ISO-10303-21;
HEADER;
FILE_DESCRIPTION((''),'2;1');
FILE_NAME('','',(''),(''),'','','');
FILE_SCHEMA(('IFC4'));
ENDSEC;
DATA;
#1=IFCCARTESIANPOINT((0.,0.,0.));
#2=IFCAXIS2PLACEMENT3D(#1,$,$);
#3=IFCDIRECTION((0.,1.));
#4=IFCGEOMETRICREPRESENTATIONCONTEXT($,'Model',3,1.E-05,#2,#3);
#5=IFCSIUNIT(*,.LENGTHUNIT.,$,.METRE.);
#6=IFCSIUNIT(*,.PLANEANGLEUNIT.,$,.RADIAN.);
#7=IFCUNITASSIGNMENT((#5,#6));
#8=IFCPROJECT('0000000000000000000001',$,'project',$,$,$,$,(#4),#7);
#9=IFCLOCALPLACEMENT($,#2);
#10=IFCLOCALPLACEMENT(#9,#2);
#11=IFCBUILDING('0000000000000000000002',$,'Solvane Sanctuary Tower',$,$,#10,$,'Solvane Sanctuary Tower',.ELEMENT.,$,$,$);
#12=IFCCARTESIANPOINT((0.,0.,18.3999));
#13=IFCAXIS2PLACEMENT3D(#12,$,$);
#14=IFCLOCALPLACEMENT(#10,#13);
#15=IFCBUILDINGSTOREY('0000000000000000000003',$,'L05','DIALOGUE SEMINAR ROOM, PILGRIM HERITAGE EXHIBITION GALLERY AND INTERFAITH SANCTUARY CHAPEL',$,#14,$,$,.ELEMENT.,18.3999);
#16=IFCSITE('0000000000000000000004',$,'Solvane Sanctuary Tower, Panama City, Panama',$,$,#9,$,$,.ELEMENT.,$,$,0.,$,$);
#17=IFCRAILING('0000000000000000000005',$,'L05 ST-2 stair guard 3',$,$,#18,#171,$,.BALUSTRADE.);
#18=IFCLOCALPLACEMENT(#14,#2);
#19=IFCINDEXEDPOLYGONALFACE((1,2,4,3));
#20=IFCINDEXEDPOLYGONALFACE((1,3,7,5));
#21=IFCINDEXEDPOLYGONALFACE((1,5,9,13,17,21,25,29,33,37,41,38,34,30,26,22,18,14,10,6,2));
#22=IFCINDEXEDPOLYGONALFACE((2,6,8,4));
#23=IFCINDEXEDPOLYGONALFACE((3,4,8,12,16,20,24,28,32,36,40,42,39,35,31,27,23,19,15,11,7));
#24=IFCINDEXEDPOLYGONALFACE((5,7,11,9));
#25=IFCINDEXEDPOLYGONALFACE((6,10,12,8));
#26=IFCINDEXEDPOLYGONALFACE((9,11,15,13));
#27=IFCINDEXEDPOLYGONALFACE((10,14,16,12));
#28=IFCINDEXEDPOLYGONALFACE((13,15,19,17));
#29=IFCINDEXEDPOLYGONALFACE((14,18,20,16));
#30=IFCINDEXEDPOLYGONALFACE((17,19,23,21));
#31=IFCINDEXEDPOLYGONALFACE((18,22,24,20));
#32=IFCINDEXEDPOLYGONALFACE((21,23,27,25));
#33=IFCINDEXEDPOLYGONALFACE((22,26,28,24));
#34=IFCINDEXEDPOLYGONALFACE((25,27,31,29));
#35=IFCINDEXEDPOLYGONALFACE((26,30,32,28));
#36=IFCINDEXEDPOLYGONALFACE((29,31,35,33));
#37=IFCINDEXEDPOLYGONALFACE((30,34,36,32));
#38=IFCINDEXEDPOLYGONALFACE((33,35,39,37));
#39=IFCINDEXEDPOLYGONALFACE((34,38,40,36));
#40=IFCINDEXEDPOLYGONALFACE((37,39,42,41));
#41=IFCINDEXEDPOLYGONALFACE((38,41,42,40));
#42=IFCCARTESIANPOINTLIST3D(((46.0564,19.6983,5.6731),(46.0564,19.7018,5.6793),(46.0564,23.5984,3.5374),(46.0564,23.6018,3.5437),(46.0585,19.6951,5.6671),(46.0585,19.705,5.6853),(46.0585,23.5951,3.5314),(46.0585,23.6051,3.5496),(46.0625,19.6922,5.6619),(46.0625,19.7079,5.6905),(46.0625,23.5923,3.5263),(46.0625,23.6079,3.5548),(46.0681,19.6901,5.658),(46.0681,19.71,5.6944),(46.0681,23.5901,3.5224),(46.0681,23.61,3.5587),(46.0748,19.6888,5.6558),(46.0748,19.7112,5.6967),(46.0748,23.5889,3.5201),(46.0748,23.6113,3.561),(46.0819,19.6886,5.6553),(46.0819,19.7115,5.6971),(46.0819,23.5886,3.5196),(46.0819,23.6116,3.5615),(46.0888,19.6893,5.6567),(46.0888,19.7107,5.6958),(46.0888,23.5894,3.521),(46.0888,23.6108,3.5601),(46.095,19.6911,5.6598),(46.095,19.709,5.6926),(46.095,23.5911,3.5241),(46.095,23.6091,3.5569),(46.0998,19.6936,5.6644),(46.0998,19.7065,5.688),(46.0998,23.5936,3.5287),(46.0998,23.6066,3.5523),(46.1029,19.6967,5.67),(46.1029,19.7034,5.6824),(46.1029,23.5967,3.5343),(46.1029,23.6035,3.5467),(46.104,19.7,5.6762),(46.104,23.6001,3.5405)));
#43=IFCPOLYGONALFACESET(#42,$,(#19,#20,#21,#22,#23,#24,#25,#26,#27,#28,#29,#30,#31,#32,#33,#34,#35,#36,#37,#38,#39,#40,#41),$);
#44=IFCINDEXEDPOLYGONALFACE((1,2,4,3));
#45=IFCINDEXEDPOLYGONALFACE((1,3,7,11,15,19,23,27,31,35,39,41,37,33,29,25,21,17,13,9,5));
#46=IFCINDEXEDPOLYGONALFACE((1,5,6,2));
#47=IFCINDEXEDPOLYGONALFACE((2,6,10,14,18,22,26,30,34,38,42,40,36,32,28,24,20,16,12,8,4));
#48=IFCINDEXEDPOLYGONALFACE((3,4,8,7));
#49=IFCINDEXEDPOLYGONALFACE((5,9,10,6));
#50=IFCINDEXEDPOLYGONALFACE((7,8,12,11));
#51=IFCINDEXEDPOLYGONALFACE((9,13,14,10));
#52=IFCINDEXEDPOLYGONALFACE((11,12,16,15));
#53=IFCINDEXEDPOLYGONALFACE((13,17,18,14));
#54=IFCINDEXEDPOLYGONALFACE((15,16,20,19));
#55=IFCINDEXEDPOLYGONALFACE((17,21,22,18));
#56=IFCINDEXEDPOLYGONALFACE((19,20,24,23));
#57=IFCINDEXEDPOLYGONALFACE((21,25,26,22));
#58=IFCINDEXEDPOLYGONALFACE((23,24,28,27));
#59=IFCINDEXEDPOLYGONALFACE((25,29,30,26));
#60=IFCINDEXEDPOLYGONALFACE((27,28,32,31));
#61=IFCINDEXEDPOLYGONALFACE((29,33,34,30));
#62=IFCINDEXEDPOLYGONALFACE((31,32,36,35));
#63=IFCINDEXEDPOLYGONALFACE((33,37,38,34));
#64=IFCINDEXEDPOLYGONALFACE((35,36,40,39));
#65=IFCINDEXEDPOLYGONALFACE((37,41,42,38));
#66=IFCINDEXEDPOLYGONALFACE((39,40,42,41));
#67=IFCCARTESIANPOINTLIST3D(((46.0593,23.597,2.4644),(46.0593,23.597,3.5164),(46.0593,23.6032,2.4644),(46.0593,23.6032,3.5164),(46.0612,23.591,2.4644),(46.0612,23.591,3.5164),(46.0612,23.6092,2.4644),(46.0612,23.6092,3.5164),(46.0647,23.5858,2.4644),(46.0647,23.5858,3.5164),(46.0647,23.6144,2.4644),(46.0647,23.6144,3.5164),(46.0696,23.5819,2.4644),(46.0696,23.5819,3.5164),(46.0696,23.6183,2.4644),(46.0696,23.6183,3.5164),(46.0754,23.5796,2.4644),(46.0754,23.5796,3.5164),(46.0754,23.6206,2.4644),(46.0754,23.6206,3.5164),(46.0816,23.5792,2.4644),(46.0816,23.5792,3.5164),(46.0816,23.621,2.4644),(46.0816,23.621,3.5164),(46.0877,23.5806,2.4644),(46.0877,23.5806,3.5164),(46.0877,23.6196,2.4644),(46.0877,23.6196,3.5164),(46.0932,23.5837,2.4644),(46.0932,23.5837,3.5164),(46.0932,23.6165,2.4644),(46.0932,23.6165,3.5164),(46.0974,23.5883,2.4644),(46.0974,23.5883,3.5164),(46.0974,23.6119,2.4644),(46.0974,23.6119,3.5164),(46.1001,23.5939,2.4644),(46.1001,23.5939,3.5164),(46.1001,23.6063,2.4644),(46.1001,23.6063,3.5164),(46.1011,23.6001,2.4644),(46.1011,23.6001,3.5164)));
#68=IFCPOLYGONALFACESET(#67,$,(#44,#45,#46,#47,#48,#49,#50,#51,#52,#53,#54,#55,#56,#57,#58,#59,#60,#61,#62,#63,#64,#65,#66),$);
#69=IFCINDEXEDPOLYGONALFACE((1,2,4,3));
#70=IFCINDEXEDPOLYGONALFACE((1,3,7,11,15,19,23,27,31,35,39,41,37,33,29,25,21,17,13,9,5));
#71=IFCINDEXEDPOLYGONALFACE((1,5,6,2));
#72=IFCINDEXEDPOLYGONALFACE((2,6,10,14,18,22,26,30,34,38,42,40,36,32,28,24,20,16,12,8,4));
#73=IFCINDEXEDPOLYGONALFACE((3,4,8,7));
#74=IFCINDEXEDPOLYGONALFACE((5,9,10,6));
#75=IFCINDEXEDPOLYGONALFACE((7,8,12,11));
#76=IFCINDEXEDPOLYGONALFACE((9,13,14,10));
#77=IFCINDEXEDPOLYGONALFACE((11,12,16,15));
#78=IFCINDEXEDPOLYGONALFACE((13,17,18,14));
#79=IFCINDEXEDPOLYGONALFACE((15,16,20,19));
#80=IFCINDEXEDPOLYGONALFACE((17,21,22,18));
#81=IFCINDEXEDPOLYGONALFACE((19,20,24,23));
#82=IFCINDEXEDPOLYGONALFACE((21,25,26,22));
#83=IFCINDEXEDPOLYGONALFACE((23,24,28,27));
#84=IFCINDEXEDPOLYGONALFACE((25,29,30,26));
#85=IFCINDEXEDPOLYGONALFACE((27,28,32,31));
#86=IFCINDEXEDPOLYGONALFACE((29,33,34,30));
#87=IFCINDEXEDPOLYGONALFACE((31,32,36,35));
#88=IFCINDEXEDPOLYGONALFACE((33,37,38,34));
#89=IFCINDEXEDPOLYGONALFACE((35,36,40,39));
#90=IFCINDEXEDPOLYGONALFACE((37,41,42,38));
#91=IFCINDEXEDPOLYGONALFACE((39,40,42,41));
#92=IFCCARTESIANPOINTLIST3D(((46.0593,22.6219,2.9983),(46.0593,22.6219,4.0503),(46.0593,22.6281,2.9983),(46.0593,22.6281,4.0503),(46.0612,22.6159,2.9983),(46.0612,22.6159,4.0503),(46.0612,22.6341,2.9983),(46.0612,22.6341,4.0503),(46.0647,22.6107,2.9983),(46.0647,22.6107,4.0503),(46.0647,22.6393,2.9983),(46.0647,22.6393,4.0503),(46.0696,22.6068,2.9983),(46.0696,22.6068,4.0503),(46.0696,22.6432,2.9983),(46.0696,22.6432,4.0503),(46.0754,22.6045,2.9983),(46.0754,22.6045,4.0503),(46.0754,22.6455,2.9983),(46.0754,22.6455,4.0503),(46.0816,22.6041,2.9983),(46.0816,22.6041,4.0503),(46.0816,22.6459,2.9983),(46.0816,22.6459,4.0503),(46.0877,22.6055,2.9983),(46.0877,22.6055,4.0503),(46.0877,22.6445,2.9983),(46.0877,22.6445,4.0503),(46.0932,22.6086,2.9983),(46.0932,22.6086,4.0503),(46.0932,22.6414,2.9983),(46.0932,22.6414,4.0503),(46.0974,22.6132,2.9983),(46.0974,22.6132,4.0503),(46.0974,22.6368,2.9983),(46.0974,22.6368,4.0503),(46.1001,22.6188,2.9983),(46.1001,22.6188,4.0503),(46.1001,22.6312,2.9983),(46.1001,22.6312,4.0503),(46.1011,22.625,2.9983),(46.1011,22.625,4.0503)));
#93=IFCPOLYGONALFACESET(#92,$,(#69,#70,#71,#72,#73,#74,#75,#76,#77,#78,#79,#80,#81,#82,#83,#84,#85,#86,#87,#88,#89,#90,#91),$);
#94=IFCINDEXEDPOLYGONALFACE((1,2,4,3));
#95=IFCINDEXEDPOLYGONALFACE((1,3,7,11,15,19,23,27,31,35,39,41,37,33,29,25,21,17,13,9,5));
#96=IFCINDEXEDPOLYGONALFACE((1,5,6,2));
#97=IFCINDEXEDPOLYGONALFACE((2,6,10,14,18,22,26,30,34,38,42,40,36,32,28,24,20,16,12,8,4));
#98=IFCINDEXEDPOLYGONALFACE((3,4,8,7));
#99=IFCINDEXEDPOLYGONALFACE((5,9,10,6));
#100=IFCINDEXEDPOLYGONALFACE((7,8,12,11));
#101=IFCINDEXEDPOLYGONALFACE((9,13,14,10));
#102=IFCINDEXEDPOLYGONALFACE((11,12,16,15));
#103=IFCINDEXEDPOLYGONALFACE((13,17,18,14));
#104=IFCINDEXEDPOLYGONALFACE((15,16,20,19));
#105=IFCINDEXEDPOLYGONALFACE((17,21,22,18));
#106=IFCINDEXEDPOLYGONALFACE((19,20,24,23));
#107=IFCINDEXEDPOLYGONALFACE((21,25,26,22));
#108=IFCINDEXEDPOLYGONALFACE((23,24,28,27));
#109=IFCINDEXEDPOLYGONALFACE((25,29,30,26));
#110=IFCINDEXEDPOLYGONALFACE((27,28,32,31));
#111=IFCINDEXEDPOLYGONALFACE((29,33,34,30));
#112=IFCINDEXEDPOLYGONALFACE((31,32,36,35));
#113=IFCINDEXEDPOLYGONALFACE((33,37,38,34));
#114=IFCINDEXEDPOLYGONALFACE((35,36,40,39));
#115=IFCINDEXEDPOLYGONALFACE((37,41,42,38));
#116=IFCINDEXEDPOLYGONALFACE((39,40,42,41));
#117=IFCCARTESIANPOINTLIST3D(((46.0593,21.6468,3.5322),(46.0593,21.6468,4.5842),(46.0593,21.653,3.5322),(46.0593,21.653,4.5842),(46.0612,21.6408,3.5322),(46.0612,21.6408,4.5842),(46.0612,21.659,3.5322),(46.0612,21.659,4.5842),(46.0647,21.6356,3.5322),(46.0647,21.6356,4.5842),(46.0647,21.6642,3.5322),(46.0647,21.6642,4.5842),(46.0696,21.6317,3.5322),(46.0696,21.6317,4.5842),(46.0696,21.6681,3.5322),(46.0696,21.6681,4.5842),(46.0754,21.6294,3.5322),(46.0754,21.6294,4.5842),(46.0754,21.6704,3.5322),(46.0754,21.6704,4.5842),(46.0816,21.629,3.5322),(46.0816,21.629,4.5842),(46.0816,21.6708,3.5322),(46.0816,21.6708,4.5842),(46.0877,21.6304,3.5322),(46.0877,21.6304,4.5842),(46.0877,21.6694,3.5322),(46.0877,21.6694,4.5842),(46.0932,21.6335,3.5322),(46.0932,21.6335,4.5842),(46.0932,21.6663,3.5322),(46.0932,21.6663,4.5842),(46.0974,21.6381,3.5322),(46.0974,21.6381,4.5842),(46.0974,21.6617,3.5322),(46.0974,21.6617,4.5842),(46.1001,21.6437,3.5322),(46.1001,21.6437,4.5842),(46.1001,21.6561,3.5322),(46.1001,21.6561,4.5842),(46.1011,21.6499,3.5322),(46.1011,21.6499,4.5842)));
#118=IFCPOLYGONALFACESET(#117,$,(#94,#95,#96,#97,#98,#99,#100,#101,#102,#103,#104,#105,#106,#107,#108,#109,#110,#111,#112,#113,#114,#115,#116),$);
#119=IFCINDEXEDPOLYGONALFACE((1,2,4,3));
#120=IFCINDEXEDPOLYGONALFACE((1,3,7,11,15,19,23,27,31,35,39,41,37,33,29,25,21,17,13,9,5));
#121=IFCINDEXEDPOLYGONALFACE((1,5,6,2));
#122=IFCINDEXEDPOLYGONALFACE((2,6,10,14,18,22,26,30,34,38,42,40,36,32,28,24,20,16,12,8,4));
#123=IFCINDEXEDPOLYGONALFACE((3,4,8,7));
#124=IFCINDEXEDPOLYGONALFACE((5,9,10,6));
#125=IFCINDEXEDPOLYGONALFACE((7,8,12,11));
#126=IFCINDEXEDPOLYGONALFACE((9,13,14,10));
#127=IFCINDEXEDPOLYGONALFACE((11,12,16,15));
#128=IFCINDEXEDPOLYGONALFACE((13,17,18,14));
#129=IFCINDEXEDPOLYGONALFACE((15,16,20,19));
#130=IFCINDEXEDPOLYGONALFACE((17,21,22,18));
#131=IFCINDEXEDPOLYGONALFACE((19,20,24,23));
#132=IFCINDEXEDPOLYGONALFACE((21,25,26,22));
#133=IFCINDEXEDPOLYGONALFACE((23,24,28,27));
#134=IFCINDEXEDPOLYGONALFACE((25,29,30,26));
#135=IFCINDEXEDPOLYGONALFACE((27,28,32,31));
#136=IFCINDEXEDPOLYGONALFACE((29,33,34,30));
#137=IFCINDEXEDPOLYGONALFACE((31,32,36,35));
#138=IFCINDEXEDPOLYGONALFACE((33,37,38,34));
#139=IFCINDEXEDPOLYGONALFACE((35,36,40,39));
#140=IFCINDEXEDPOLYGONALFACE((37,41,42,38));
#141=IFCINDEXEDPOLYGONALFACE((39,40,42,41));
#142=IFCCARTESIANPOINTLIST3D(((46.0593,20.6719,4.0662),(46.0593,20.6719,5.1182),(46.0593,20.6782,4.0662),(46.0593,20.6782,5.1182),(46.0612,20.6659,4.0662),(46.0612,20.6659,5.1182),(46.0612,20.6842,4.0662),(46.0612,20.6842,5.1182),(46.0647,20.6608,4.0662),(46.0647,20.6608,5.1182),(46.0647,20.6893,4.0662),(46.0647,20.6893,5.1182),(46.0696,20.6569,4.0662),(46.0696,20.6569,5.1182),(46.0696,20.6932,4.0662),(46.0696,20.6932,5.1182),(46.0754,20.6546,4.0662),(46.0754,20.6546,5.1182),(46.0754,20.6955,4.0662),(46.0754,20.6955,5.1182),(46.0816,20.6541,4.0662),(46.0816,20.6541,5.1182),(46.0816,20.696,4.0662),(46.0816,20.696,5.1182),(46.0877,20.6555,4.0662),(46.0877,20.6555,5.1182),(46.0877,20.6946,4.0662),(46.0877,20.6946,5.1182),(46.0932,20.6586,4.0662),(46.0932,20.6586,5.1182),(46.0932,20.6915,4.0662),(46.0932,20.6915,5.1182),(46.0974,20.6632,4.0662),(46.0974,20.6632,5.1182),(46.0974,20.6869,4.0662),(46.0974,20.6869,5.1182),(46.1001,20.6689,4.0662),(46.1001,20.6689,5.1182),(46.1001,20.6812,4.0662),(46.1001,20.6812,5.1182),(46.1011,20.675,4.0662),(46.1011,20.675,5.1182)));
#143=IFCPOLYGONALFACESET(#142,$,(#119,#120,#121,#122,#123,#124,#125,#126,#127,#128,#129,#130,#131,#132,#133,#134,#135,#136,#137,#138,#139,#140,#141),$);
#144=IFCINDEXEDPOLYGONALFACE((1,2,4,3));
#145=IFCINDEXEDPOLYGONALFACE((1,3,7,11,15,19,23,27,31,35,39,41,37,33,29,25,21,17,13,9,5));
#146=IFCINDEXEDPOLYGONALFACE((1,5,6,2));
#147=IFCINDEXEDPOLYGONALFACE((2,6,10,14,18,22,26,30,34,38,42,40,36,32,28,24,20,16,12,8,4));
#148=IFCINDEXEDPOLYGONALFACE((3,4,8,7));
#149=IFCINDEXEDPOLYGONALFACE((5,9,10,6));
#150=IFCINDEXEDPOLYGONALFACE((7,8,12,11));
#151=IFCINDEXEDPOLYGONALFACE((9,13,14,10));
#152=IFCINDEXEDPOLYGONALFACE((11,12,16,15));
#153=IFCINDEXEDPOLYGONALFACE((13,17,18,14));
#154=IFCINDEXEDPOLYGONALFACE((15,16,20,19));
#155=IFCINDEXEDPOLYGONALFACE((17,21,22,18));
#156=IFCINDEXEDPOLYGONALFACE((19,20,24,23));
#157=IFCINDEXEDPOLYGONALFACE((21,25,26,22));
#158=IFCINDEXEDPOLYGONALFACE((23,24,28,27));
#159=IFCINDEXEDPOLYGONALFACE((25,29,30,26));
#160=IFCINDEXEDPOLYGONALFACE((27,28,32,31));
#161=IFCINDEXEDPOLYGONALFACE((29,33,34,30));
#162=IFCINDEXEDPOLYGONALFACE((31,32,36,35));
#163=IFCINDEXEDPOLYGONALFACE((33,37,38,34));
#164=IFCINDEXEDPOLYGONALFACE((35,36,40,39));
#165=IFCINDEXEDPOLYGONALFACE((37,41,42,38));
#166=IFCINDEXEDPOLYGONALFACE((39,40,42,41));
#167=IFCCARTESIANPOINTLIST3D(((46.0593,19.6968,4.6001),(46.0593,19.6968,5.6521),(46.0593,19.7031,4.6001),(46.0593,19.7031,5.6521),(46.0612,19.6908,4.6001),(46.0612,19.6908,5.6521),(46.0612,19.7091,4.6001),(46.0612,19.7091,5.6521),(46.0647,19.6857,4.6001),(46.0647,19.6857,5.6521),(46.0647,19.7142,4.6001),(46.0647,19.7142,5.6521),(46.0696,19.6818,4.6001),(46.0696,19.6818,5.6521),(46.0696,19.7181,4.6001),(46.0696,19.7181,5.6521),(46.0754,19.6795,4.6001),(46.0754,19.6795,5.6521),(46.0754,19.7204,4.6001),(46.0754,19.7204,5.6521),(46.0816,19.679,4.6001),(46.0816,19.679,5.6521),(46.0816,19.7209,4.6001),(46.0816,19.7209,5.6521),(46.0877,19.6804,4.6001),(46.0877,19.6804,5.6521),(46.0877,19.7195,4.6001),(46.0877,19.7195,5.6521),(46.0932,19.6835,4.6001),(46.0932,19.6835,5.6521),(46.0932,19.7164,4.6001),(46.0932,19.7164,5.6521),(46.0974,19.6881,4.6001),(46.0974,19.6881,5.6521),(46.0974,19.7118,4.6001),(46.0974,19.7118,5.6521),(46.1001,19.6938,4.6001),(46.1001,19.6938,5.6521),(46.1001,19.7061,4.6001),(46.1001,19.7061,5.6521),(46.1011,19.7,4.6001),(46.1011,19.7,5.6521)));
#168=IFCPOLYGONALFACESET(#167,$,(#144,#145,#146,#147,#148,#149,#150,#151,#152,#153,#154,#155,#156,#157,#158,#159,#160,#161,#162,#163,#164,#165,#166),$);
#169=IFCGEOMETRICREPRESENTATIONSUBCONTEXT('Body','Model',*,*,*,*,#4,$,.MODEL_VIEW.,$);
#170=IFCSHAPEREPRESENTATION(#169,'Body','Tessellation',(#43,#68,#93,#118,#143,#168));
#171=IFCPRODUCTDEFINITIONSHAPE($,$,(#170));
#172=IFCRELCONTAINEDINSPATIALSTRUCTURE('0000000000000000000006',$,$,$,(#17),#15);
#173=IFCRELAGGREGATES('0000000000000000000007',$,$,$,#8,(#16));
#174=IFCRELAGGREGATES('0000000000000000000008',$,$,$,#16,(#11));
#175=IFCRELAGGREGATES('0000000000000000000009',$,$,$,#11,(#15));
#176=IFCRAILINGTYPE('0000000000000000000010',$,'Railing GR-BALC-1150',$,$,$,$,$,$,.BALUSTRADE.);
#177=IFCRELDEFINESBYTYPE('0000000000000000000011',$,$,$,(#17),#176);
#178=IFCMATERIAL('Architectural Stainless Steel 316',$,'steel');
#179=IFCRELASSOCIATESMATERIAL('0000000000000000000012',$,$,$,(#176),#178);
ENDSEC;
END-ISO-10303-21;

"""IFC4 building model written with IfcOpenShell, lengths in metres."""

from ifc_helpers import new_model, si_unit, direction, frame, origin, origin_2d, place, context, subcontext, project, spatial, circle, extrude, material, type_object, element, save


model = new_model("IFC4")

# Units and contexts
model_context = context("Model", 3, precision=1e-05, world=origin(), true_north=direction((0.0, 1.0)))
body_context = subcontext(model_context, "Body", "Model", "MODEL_VIEW")
ifc_project = project(units=[si_unit("LENGTHUNIT", "METRE"), si_unit("PLANEANGLEUNIT", "RADIAN")], contexts=[model_context])

# Site, building, storey
site_placement = place(None, origin())
site = spatial("IfcSite", under=ifc_project, at=site_placement, Name="Solvane Sanctuary Tower, Panama City, Panama", CompositionType="ELEMENT", RefElevation=0.0)
building_placement = place(site_placement, origin())
building = spatial("IfcBuilding", under=site, at=building_placement, Name="Solvane Sanctuary Tower", LongName="Solvane Sanctuary Tower", CompositionType="ELEMENT")
storey_placement = place(building_placement, frame((0.0, 0.0, 18.3999)))
storey = spatial("IfcBuildingStorey", under=building, at=storey_placement, Name="L05", Description="DIALOGUE SEMINAR ROOM, PILGRIM HERITAGE EXHIBITION GALLERY AND INTERFAITH SANCTUARY CHAPEL", CompositionType="ELEMENT", Elevation=18.3999)

# Railing
ifc_material_1 = material(Name="Architectural Stainless Steel 316", Category="steel")
railing_type_1 = type_object("IfcRailingType", Name="Railing GR-BALC-1150", PredefinedType="BALUSTRADE", material=ifc_material_1)
railing_1_placement = place(storey_placement, frame((46.0801, 23.6001, 2.4644)))
element("IfcRailing", 1, at=railing_1_placement, inside=storey, type_object=railing_type_1, Name="L05 ST-2 stair guard 3", PredefinedType="BALUSTRADE", context=body_context, shape_type="SweptSolid", body=[
    extrude(circle(Radius=0.0239, at=origin_2d()), frame((0.0, 0.0, 1.0762), z_axis=(0.0, -0.877101, 0.480306), x_axis=(1.0, 0.0, 0.0)), (0.0, 0.0, 1.0), 4.4465),
    extrude(circle(Radius=0.021, at=origin_2d()), origin(), (0.0, 0.0, 1.0), 1.052),
    extrude(circle(Radius=0.021, at=origin_2d()), frame((0.0, -0.9751, 0.5339)), (0.0, 0.0, 1.0), 1.052),
    extrude(circle(Radius=0.021, at=origin_2d()), frame((0.0, -1.9502, 1.0679)), (0.0, 0.0, 1.0), 1.052),
    extrude(circle(Radius=0.021, at=origin_2d()), frame((0.0, -2.925, 1.6018)), (0.0, 0.0, 1.0), 1.052),
    extrude(circle(Radius=0.021, at=origin_2d()), frame((0.0, -3.9001, 2.1357)), (0.0, 0.0, 1.0), 1.052),
])

save(model, "model.ifc")
